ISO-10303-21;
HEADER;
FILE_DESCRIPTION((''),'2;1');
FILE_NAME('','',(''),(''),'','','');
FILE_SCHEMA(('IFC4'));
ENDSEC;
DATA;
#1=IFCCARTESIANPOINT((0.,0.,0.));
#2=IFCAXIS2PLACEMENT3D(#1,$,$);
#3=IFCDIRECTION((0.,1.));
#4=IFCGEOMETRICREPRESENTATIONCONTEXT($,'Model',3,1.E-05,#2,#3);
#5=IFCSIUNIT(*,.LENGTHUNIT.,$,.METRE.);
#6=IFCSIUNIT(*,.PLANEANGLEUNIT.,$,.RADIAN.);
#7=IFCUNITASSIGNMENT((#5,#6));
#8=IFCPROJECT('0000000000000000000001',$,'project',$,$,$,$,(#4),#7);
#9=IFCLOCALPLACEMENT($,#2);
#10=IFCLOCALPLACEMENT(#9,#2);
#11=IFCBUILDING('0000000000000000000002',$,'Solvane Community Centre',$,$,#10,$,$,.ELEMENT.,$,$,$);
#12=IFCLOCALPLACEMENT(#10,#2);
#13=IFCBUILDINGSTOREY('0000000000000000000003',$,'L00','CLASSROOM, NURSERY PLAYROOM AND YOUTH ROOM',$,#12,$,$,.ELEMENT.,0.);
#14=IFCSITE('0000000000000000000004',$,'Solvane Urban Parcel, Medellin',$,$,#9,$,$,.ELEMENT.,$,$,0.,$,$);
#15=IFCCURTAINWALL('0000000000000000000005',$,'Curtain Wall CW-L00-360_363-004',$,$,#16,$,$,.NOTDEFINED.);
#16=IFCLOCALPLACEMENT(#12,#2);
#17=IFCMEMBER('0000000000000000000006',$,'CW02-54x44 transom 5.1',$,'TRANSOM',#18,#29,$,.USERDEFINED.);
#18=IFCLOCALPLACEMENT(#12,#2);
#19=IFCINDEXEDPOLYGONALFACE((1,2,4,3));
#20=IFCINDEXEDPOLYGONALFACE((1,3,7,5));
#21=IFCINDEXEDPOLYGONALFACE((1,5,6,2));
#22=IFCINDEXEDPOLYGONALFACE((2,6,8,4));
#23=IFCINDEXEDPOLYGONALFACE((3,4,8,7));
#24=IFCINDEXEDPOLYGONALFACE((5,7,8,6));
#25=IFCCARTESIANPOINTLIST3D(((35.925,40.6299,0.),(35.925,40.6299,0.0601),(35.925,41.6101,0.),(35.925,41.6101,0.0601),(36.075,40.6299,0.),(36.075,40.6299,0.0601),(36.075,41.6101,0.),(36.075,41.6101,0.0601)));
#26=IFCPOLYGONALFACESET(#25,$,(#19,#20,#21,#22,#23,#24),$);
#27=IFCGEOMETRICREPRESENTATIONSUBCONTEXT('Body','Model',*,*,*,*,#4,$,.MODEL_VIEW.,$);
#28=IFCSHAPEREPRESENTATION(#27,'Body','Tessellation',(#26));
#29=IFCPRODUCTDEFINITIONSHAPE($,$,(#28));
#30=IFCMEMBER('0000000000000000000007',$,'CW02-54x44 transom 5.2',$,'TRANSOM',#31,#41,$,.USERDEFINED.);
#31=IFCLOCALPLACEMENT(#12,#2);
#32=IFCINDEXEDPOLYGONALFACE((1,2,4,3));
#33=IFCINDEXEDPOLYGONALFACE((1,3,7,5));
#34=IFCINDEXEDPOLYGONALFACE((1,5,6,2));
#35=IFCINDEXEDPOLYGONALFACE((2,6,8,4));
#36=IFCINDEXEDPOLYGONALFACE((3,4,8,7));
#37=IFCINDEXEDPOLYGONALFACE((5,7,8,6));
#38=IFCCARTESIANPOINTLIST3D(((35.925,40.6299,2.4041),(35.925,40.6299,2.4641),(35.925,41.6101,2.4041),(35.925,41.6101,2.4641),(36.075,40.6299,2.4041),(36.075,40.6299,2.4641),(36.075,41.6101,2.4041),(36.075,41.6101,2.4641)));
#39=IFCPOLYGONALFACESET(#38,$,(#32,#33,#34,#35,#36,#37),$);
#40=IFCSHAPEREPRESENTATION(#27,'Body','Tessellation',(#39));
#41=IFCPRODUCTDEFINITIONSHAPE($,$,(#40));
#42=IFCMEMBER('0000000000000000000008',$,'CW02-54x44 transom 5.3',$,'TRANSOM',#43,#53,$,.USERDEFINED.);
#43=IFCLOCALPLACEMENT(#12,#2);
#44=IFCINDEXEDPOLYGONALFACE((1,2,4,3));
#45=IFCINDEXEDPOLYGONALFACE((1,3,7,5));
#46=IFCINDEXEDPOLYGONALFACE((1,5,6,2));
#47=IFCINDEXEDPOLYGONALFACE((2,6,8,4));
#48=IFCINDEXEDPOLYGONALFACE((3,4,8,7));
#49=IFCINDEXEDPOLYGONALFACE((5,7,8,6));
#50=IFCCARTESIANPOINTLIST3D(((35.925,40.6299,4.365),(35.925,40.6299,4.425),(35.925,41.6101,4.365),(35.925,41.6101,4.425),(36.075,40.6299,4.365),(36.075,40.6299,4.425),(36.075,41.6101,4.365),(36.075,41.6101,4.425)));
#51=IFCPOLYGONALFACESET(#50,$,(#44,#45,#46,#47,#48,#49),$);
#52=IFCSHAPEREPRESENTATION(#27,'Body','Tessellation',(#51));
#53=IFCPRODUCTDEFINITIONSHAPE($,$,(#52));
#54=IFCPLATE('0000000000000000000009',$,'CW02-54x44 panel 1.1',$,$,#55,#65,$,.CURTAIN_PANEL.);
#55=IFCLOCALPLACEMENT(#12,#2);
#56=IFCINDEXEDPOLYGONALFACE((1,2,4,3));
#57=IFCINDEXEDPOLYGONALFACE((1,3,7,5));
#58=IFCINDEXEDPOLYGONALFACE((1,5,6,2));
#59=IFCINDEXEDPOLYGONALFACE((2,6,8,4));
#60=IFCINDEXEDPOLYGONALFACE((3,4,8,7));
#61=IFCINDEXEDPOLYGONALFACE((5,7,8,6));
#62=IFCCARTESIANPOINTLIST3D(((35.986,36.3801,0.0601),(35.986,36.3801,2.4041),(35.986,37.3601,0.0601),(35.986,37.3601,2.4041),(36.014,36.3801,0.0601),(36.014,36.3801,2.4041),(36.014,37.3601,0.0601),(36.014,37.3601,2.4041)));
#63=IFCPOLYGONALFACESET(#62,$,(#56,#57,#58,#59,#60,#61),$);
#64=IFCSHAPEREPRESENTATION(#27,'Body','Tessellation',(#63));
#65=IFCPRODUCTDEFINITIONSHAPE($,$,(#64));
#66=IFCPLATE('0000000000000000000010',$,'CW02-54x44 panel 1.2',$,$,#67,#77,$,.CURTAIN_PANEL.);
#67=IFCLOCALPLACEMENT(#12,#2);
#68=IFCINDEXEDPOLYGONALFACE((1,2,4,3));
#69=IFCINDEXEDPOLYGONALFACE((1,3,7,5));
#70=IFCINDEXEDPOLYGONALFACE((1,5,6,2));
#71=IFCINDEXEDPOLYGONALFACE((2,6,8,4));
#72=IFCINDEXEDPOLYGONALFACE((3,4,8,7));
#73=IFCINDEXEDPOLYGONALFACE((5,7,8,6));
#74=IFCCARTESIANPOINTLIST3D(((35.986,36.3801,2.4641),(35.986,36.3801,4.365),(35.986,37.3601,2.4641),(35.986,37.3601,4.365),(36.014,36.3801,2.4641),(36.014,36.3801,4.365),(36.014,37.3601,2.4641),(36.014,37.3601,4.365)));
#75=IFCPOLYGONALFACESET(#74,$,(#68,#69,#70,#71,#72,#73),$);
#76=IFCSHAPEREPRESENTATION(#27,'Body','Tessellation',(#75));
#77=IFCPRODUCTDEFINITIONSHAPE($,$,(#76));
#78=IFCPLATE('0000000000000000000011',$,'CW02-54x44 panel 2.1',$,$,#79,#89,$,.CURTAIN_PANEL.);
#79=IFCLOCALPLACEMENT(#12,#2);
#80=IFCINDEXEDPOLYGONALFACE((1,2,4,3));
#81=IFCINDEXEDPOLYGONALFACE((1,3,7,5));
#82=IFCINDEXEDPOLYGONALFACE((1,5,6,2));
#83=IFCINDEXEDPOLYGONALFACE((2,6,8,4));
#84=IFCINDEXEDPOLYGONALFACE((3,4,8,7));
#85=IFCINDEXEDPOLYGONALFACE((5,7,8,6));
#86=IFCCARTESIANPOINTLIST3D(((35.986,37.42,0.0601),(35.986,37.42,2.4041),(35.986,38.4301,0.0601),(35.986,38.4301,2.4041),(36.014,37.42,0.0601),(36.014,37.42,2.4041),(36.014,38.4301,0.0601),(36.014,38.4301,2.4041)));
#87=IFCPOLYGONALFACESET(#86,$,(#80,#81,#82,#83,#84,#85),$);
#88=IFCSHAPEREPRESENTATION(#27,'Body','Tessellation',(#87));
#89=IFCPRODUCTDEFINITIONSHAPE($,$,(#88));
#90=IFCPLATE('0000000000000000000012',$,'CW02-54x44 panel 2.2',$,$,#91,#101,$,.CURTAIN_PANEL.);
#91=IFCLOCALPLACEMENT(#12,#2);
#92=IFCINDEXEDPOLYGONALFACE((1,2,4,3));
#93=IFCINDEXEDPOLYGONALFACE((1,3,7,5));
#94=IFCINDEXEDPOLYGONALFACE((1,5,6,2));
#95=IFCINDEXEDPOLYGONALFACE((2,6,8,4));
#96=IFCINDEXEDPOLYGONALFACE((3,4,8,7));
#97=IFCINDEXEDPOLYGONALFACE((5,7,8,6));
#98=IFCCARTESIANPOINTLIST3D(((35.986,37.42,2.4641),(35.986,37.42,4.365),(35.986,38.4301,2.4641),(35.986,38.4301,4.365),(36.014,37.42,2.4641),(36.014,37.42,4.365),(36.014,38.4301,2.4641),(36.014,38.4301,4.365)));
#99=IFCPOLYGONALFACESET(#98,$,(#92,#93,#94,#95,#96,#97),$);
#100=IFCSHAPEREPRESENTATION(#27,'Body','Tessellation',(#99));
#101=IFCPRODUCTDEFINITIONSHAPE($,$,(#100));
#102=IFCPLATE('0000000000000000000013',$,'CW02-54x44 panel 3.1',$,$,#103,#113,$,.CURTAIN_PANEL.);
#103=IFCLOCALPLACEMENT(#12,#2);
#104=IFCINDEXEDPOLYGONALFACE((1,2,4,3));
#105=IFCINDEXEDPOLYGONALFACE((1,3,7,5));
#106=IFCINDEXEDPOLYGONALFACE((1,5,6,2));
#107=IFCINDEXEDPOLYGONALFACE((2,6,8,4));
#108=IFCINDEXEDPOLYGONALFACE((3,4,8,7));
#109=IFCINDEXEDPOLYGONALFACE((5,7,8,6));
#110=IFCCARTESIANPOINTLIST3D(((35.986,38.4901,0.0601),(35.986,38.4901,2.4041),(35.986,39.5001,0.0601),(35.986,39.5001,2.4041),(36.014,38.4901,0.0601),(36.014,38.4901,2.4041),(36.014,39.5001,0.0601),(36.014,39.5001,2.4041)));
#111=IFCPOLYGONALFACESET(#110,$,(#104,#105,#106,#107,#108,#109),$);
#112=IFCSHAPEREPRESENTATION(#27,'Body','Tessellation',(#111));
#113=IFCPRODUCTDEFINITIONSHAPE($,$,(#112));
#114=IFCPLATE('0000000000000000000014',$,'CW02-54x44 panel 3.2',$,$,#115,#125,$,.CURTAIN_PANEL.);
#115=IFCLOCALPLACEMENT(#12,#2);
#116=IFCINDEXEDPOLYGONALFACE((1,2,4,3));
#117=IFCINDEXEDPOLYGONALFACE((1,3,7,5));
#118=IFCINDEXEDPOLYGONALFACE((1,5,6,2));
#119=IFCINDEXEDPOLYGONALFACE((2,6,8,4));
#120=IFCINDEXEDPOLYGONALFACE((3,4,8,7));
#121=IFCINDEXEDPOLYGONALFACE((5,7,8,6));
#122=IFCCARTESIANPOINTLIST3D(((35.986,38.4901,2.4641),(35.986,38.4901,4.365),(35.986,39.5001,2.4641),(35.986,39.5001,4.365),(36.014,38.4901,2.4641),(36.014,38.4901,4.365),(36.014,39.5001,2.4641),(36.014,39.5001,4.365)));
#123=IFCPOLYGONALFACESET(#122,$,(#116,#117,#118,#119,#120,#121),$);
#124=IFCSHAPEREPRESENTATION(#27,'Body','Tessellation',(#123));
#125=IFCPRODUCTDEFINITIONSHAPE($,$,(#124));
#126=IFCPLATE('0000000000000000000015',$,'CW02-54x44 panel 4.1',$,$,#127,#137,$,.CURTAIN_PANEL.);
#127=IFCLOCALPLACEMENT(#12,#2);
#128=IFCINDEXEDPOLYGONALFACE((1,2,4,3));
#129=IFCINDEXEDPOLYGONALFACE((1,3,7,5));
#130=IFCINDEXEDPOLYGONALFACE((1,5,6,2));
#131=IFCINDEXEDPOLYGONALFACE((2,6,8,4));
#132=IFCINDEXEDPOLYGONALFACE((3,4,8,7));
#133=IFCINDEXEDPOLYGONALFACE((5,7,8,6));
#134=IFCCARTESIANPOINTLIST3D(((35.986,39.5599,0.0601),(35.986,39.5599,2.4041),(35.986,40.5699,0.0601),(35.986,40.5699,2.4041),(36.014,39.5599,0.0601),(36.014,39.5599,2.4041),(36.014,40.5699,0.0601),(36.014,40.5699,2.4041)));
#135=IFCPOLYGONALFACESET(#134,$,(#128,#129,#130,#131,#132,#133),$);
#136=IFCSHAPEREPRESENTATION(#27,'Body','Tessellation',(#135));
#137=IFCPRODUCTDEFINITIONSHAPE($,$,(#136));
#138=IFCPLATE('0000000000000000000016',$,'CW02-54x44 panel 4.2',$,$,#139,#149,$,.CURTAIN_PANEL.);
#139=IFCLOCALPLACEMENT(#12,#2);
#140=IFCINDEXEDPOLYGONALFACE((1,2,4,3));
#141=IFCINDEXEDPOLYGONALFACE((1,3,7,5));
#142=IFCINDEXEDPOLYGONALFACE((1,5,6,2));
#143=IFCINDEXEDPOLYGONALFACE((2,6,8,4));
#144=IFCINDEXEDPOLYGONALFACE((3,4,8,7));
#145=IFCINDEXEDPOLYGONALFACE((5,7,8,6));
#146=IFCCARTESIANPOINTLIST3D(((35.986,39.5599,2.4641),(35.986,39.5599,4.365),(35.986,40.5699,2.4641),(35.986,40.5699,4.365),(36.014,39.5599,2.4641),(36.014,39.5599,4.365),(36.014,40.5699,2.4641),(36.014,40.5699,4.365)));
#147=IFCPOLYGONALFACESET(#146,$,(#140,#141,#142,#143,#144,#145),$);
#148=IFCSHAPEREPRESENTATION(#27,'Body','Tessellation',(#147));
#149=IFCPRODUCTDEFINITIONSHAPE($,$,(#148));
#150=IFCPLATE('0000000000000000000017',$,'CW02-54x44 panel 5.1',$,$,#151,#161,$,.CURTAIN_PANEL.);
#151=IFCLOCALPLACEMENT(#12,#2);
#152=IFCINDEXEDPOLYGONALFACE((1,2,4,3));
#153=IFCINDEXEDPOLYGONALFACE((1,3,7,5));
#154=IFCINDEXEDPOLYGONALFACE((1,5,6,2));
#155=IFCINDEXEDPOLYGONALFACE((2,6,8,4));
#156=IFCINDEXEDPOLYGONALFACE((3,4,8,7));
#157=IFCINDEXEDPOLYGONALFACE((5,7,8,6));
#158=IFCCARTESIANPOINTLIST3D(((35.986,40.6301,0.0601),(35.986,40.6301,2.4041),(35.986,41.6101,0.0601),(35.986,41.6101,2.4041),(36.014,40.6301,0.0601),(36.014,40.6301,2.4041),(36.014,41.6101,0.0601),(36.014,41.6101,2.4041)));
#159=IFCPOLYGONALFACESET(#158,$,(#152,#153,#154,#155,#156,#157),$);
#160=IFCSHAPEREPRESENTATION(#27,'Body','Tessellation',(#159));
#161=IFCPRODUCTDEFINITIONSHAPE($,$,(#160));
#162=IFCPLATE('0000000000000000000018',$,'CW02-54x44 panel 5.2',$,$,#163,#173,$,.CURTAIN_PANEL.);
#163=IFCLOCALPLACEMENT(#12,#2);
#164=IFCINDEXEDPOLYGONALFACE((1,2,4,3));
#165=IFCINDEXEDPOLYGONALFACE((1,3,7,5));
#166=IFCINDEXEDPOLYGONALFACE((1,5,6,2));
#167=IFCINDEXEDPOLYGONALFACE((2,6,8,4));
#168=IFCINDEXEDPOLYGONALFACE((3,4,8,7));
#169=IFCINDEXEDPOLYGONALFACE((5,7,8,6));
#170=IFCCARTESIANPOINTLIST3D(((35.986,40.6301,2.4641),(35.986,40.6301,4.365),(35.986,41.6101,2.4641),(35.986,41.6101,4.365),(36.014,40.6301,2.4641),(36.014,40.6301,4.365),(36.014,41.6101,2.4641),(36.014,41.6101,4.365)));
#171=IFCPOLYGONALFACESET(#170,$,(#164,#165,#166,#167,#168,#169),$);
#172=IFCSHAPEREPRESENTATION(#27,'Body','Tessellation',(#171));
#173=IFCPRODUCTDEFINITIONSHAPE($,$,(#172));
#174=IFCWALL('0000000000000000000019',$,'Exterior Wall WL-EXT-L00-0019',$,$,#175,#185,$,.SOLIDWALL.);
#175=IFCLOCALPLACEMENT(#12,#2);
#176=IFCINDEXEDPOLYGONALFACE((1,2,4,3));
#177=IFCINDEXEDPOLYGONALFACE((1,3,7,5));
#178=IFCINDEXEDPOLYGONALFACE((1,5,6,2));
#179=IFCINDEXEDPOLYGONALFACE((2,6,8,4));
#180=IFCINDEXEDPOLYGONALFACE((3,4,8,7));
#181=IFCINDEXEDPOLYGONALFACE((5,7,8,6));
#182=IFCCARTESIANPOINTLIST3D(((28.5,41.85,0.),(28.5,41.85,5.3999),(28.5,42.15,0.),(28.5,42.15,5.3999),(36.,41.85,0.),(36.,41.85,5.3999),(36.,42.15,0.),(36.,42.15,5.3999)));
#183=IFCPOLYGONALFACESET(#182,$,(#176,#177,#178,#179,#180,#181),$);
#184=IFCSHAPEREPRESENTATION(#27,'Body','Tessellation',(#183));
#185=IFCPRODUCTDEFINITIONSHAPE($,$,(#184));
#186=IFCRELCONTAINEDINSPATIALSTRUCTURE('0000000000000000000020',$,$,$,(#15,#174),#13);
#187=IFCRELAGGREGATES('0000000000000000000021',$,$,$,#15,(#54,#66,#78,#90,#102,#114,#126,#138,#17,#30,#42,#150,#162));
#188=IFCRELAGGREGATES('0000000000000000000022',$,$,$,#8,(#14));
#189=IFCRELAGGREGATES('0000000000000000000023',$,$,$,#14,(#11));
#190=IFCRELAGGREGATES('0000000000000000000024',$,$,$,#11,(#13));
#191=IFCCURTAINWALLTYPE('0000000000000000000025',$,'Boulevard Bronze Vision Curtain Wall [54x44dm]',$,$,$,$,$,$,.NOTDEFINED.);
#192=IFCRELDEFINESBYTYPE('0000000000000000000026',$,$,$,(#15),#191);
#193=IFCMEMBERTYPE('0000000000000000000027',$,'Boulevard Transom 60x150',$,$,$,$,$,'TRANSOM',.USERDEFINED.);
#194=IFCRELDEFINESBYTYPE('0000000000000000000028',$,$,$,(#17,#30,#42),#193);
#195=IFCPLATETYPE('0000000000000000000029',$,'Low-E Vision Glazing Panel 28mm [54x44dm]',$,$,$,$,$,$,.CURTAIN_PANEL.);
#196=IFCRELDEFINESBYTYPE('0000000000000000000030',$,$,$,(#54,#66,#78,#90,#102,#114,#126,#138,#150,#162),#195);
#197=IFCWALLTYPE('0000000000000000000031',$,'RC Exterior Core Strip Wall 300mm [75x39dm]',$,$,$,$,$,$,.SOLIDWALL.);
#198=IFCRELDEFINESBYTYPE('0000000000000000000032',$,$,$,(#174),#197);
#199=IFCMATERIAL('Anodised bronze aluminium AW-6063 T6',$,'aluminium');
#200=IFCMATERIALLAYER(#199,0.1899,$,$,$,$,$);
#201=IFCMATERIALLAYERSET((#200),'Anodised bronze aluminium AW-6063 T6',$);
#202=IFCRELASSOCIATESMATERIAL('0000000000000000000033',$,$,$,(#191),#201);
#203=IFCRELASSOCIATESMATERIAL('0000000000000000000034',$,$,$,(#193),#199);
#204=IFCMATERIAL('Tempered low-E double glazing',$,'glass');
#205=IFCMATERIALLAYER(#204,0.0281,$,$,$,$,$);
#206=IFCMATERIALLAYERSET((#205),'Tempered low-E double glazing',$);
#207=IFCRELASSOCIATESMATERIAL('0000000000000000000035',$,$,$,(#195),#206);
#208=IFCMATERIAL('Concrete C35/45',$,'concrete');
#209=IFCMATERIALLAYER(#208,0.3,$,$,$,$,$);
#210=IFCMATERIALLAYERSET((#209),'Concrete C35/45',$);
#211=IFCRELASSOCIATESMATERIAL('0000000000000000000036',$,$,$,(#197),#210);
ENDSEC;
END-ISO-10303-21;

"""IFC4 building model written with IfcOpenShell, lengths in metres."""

from ifc_helpers import new_model, si_unit, direction, frame, frame_2d, origin, origin_2d, place, context, subcontext, project, spatial, rectangle, extrude, material, layer, layer_set, material_profile, profile_set, type_object, element, aggregate, save


model = new_model("IFC4")

# Units and contexts
model_context = context("Model", 3, precision=1e-05, world=origin(), true_north=direction((0.0, 1.0)))
body_context = subcontext(model_context, "Body", "Model", "MODEL_VIEW")
ifc_project = project(units=[si_unit("LENGTHUNIT", "METRE"), si_unit("PLANEANGLEUNIT", "RADIAN")], contexts=[model_context])

# Site, building, storey
site_placement = place(None, origin())
site = spatial("IfcSite", under=ifc_project, at=site_placement, Name="Solvane Urban Parcel, Medellin", CompositionType="ELEMENT", RefElevation=0.0)
building_placement = place(site_placement, origin())
building = spatial("IfcBuilding", under=site, at=building_placement, Name="Solvane Community Centre", CompositionType="ELEMENT")
storey_placement = place(building_placement, origin())
storey = spatial("IfcBuildingStorey", under=building, at=storey_placement, Name="L00", Description="CLASSROOM, NURSERY PLAYROOM AND YOUTH ROOM", CompositionType="ELEMENT", Elevation=0.0)

# Shared definitions
ifc_material_1 = material(Name="Concrete C35/45", Category="concrete")

# Curtain wall, members, plates
ifc_material_2 = material(Name="Anodised bronze aluminium AW-6063 T6", Category="aluminium")
ifc_layer_1 = layer(ifc_material_2, 0.1899)
ifc_layer_set_1 = layer_set([ifc_layer_1], Name="Anodised bronze aluminium AW-6063 T6")
curtain_wall_type = type_object("IfcCurtainWallType", Name="Boulevard Bronze Vision Curtain Wall [54x44dm]", PredefinedType="NOTDEFINED", material=ifc_layer_set_1)
curtain_wall_placement = place(storey_placement, origin())
curtain_wall = element("IfcCurtainWall", 1, at=curtain_wall_placement, inside=storey, type_object=curtain_wall_type, Name="Curtain Wall CW-L00-360_363-004", PredefinedType="NOTDEFINED")
ifc_material_profile_1 = material_profile(ifc_material_2, rectangle(XDim=0.1499, YDim=0.0601, at=origin_2d()), Name="CW-T 60x150")
ifc_profile_set_1 = profile_set([ifc_material_profile_1], Name="Anodised bronze aluminium AW-6063 T6")
member_type_1 = type_object("IfcMemberType", Name="Boulevard Transom 60x150", ElementType="TRANSOM", PredefinedType="USERDEFINED", material=ifc_profile_set_1)
member_1_placement = place(storey_placement, frame((36.0, 40.6299, 0.03), z_axis=(0.0, 1.0, 0.0), x_axis=(-1.0, 0.0, 0.0)))
member_1 = element("IfcMember", 2, at=member_1_placement, type_object=member_type_1, Name="CW02-54x44 transom 5.1", ObjectType="TRANSOM", PredefinedType="USERDEFINED", context=body_context, shape_type="SweptSolid", body=[
    extrude(rectangle(XDim=0.1499, YDim=0.0601, at=origin_2d()), origin(), (0.0, 0.0, 1.0), 0.9802),
])
member_2_placement = place(storey_placement, frame((36.0, 40.6299, 2.4341), z_axis=(0.0, 1.0, 0.0), x_axis=(-1.0, 0.0, 0.0)))
member_2 = element("IfcMember", 3, at=member_2_placement, type_object=member_type_1, Name="CW02-54x44 transom 5.2", ObjectType="TRANSOM", PredefinedType="USERDEFINED", context=body_context, shape_type="SweptSolid", body=[
    extrude(rectangle(XDim=0.1499, YDim=0.0601, at=origin_2d()), origin(), (0.0, 0.0, 1.0), 0.9802),
])
member_3_placement = place(storey_placement, frame((36.0, 40.6299, 4.395), z_axis=(0.0, 1.0, 0.0), x_axis=(-1.0, 0.0, 0.0)))
member_3 = element("IfcMember", 4, at=member_3_placement, type_object=member_type_1, Name="CW02-54x44 transom 5.3", ObjectType="TRANSOM", PredefinedType="USERDEFINED", context=body_context, shape_type="SweptSolid", body=[
    extrude(rectangle(XDim=0.1499, YDim=0.0601, at=origin_2d()), origin(), (0.0, 0.0, 1.0), 0.9802),
])
ifc_material_3 = material(Name="Tempered low-E double glazing", Category="glass")
ifc_layer_2 = layer(ifc_material_3, 0.0281)
ifc_layer_set_2 = layer_set([ifc_layer_2], Name="Tempered low-E double glazing")
plate_type = type_object("IfcPlateType", Name="Low-E Vision Glazing Panel 28mm [54x44dm]", PredefinedType="CURTAIN_PANEL", material=ifc_layer_set_2)
plate_1_placement = place(storey_placement, frame((36.0, 36.8701, 0.0601), z_axis=(0.0, 0.0, 1.0), x_axis=(0.0, 1.0, 0.0)))
plate_1 = element("IfcPlate", 5, at=plate_1_placement, type_object=plate_type, Name="CW02-54x44 panel 1.1", PredefinedType="CURTAIN_PANEL", context=body_context, shape_type="SweptSolid", body=[
    extrude(rectangle(XDim=0.98, YDim=0.0281, at=origin_2d()), origin(), (0.0, 0.0, 1.0), 2.344),
])
plate_2_placement = place(storey_placement, frame((36.0, 36.8701, 2.4641), z_axis=(0.0, 0.0, 1.0), x_axis=(0.0, 1.0, 0.0)))
plate_2 = element("IfcPlate", 6, at=plate_2_placement, type_object=plate_type, Name="CW02-54x44 panel 1.2", PredefinedType="CURTAIN_PANEL", context=body_context, shape_type="SweptSolid", body=[
    extrude(rectangle(XDim=0.98, YDim=0.0281, at=origin_2d()), origin(), (0.0, 0.0, 1.0), 1.9009),
])
plate_3_placement = place(storey_placement, frame((36.0, 37.925, 0.0601), z_axis=(0.0, 0.0, 1.0), x_axis=(0.0, 1.0, 0.0)))
plate_3 = element("IfcPlate", 7, at=plate_3_placement, type_object=plate_type, Name="CW02-54x44 panel 2.1", PredefinedType="CURTAIN_PANEL", context=body_context, shape_type="SweptSolid", body=[
    extrude(rectangle(XDim=1.01, YDim=0.0281, at=origin_2d()), origin(), (0.0, 0.0, 1.0), 2.344),
])
plate_4_placement = place(storey_placement, frame((36.0, 37.925, 2.4641), z_axis=(0.0, 0.0, 1.0), x_axis=(0.0, 1.0, 0.0)))
plate_4 = element("IfcPlate", 8, at=plate_4_placement, type_object=plate_type, Name="CW02-54x44 panel 2.2", PredefinedType="CURTAIN_PANEL", context=body_context, shape_type="SweptSolid", body=[
    extrude(rectangle(XDim=1.01, YDim=0.0281, at=origin_2d()), origin(), (0.0, 0.0, 1.0), 1.9009),
])
plate_5_placement = place(storey_placement, frame((36.0, 38.9951, 0.0601), z_axis=(0.0, 0.0, 1.0), x_axis=(0.0, 1.0, 0.0)))
plate_5 = element("IfcPlate", 9, at=plate_5_placement, type_object=plate_type, Name="CW02-54x44 panel 3.1", PredefinedType="CURTAIN_PANEL", context=body_context, shape_type="SweptSolid", body=[
    extrude(rectangle(XDim=1.01, YDim=0.0281, at=origin_2d()), origin(), (0.0, 0.0, 1.0), 2.344),
])
plate_6_placement = place(storey_placement, frame((36.0, 38.9951, 2.4641), z_axis=(0.0, 0.0, 1.0), x_axis=(0.0, 1.0, 0.0)))
plate_6 = element("IfcPlate", 10, at=plate_6_placement, type_object=plate_type, Name="CW02-54x44 panel 3.2", PredefinedType="CURTAIN_PANEL", context=body_context, shape_type="SweptSolid", body=[
    extrude(rectangle(XDim=1.01, YDim=0.0281, at=origin_2d()), origin(), (0.0, 0.0, 1.0), 1.9009),
])
plate_7_placement = place(storey_placement, frame((36.0, 40.0649, 0.0601), z_axis=(0.0, 0.0, 1.0), x_axis=(0.0, 1.0, 0.0)))
plate_7 = element("IfcPlate", 11, at=plate_7_placement, type_object=plate_type, Name="CW02-54x44 panel 4.1", PredefinedType="CURTAIN_PANEL", context=body_context, shape_type="SweptSolid", body=[
    extrude(rectangle(XDim=1.01, YDim=0.0281, at=origin_2d()), origin(), (0.0, 0.0, 1.0), 2.344),
])
plate_8_placement = place(storey_placement, frame((36.0, 40.0649, 2.4641), z_axis=(0.0, 0.0, 1.0), x_axis=(0.0, 1.0, 0.0)))
plate_8 = element("IfcPlate", 12, at=plate_8_placement, type_object=plate_type, Name="CW02-54x44 panel 4.2", PredefinedType="CURTAIN_PANEL", context=body_context, shape_type="SweptSolid", body=[
    extrude(rectangle(XDim=1.01, YDim=0.0281, at=origin_2d()), origin(), (0.0, 0.0, 1.0), 1.9009),
])
plate_9_placement = place(storey_placement, frame((36.0, 41.1201, 0.0601), z_axis=(0.0, 0.0, 1.0), x_axis=(0.0, 1.0, 0.0)))
plate_9 = element("IfcPlate", 13, at=plate_9_placement, type_object=plate_type, Name="CW02-54x44 panel 5.1", PredefinedType="CURTAIN_PANEL", context=body_context, shape_type="SweptSolid", body=[
    extrude(rectangle(XDim=0.98, YDim=0.0281, at=origin_2d()), origin(), (0.0, 0.0, 1.0), 2.344),
])
plate_10_placement = place(storey_placement, frame((36.0, 41.1201, 2.4641), z_axis=(0.0, 0.0, 1.0), x_axis=(0.0, 1.0, 0.0)))
plate_10 = element("IfcPlate", 14, at=plate_10_placement, type_object=plate_type, Name="CW02-54x44 panel 5.2", PredefinedType="CURTAIN_PANEL", context=body_context, shape_type="SweptSolid", body=[
    extrude(rectangle(XDim=0.98, YDim=0.0281, at=origin_2d()), origin(), (0.0, 0.0, 1.0), 1.9009),
])
aggregate(curtain_wall, [plate_1, plate_2, plate_3, plate_4, plate_5, plate_6, plate_7, plate_8, member_1, member_2, member_3, plate_9, plate_10])

# Wall
ifc_layer_3 = layer(ifc_material_1, 0.3)
ifc_layer_set_3 = layer_set([ifc_layer_3], Name="Concrete C35/45")
wall_type = type_object("IfcWallType", Name="RC Exterior Core Strip Wall 300mm [75x39dm]", PredefinedType="SOLIDWALL", material=ifc_layer_set_3)
wall_placement = place(storey_placement, frame((36.0, 42.0, 0.0), z_axis=(0.0, 0.0, 1.0), x_axis=(-1.0, 0.0, 0.0)))
element("IfcWall", 15, at=wall_placement, inside=storey, type_object=wall_type, Name="Exterior Wall WL-EXT-L00-0019", PredefinedType="SOLIDWALL", context=body_context, shape_type="SweptSolid", body=[
    extrude(rectangle(XDim=7.5, YDim=0.3, at=frame_2d((3.75, 0.0))), origin(), (0.0, 0.0, 1.0), 5.3999),
])

save(model, "model.ifc")
